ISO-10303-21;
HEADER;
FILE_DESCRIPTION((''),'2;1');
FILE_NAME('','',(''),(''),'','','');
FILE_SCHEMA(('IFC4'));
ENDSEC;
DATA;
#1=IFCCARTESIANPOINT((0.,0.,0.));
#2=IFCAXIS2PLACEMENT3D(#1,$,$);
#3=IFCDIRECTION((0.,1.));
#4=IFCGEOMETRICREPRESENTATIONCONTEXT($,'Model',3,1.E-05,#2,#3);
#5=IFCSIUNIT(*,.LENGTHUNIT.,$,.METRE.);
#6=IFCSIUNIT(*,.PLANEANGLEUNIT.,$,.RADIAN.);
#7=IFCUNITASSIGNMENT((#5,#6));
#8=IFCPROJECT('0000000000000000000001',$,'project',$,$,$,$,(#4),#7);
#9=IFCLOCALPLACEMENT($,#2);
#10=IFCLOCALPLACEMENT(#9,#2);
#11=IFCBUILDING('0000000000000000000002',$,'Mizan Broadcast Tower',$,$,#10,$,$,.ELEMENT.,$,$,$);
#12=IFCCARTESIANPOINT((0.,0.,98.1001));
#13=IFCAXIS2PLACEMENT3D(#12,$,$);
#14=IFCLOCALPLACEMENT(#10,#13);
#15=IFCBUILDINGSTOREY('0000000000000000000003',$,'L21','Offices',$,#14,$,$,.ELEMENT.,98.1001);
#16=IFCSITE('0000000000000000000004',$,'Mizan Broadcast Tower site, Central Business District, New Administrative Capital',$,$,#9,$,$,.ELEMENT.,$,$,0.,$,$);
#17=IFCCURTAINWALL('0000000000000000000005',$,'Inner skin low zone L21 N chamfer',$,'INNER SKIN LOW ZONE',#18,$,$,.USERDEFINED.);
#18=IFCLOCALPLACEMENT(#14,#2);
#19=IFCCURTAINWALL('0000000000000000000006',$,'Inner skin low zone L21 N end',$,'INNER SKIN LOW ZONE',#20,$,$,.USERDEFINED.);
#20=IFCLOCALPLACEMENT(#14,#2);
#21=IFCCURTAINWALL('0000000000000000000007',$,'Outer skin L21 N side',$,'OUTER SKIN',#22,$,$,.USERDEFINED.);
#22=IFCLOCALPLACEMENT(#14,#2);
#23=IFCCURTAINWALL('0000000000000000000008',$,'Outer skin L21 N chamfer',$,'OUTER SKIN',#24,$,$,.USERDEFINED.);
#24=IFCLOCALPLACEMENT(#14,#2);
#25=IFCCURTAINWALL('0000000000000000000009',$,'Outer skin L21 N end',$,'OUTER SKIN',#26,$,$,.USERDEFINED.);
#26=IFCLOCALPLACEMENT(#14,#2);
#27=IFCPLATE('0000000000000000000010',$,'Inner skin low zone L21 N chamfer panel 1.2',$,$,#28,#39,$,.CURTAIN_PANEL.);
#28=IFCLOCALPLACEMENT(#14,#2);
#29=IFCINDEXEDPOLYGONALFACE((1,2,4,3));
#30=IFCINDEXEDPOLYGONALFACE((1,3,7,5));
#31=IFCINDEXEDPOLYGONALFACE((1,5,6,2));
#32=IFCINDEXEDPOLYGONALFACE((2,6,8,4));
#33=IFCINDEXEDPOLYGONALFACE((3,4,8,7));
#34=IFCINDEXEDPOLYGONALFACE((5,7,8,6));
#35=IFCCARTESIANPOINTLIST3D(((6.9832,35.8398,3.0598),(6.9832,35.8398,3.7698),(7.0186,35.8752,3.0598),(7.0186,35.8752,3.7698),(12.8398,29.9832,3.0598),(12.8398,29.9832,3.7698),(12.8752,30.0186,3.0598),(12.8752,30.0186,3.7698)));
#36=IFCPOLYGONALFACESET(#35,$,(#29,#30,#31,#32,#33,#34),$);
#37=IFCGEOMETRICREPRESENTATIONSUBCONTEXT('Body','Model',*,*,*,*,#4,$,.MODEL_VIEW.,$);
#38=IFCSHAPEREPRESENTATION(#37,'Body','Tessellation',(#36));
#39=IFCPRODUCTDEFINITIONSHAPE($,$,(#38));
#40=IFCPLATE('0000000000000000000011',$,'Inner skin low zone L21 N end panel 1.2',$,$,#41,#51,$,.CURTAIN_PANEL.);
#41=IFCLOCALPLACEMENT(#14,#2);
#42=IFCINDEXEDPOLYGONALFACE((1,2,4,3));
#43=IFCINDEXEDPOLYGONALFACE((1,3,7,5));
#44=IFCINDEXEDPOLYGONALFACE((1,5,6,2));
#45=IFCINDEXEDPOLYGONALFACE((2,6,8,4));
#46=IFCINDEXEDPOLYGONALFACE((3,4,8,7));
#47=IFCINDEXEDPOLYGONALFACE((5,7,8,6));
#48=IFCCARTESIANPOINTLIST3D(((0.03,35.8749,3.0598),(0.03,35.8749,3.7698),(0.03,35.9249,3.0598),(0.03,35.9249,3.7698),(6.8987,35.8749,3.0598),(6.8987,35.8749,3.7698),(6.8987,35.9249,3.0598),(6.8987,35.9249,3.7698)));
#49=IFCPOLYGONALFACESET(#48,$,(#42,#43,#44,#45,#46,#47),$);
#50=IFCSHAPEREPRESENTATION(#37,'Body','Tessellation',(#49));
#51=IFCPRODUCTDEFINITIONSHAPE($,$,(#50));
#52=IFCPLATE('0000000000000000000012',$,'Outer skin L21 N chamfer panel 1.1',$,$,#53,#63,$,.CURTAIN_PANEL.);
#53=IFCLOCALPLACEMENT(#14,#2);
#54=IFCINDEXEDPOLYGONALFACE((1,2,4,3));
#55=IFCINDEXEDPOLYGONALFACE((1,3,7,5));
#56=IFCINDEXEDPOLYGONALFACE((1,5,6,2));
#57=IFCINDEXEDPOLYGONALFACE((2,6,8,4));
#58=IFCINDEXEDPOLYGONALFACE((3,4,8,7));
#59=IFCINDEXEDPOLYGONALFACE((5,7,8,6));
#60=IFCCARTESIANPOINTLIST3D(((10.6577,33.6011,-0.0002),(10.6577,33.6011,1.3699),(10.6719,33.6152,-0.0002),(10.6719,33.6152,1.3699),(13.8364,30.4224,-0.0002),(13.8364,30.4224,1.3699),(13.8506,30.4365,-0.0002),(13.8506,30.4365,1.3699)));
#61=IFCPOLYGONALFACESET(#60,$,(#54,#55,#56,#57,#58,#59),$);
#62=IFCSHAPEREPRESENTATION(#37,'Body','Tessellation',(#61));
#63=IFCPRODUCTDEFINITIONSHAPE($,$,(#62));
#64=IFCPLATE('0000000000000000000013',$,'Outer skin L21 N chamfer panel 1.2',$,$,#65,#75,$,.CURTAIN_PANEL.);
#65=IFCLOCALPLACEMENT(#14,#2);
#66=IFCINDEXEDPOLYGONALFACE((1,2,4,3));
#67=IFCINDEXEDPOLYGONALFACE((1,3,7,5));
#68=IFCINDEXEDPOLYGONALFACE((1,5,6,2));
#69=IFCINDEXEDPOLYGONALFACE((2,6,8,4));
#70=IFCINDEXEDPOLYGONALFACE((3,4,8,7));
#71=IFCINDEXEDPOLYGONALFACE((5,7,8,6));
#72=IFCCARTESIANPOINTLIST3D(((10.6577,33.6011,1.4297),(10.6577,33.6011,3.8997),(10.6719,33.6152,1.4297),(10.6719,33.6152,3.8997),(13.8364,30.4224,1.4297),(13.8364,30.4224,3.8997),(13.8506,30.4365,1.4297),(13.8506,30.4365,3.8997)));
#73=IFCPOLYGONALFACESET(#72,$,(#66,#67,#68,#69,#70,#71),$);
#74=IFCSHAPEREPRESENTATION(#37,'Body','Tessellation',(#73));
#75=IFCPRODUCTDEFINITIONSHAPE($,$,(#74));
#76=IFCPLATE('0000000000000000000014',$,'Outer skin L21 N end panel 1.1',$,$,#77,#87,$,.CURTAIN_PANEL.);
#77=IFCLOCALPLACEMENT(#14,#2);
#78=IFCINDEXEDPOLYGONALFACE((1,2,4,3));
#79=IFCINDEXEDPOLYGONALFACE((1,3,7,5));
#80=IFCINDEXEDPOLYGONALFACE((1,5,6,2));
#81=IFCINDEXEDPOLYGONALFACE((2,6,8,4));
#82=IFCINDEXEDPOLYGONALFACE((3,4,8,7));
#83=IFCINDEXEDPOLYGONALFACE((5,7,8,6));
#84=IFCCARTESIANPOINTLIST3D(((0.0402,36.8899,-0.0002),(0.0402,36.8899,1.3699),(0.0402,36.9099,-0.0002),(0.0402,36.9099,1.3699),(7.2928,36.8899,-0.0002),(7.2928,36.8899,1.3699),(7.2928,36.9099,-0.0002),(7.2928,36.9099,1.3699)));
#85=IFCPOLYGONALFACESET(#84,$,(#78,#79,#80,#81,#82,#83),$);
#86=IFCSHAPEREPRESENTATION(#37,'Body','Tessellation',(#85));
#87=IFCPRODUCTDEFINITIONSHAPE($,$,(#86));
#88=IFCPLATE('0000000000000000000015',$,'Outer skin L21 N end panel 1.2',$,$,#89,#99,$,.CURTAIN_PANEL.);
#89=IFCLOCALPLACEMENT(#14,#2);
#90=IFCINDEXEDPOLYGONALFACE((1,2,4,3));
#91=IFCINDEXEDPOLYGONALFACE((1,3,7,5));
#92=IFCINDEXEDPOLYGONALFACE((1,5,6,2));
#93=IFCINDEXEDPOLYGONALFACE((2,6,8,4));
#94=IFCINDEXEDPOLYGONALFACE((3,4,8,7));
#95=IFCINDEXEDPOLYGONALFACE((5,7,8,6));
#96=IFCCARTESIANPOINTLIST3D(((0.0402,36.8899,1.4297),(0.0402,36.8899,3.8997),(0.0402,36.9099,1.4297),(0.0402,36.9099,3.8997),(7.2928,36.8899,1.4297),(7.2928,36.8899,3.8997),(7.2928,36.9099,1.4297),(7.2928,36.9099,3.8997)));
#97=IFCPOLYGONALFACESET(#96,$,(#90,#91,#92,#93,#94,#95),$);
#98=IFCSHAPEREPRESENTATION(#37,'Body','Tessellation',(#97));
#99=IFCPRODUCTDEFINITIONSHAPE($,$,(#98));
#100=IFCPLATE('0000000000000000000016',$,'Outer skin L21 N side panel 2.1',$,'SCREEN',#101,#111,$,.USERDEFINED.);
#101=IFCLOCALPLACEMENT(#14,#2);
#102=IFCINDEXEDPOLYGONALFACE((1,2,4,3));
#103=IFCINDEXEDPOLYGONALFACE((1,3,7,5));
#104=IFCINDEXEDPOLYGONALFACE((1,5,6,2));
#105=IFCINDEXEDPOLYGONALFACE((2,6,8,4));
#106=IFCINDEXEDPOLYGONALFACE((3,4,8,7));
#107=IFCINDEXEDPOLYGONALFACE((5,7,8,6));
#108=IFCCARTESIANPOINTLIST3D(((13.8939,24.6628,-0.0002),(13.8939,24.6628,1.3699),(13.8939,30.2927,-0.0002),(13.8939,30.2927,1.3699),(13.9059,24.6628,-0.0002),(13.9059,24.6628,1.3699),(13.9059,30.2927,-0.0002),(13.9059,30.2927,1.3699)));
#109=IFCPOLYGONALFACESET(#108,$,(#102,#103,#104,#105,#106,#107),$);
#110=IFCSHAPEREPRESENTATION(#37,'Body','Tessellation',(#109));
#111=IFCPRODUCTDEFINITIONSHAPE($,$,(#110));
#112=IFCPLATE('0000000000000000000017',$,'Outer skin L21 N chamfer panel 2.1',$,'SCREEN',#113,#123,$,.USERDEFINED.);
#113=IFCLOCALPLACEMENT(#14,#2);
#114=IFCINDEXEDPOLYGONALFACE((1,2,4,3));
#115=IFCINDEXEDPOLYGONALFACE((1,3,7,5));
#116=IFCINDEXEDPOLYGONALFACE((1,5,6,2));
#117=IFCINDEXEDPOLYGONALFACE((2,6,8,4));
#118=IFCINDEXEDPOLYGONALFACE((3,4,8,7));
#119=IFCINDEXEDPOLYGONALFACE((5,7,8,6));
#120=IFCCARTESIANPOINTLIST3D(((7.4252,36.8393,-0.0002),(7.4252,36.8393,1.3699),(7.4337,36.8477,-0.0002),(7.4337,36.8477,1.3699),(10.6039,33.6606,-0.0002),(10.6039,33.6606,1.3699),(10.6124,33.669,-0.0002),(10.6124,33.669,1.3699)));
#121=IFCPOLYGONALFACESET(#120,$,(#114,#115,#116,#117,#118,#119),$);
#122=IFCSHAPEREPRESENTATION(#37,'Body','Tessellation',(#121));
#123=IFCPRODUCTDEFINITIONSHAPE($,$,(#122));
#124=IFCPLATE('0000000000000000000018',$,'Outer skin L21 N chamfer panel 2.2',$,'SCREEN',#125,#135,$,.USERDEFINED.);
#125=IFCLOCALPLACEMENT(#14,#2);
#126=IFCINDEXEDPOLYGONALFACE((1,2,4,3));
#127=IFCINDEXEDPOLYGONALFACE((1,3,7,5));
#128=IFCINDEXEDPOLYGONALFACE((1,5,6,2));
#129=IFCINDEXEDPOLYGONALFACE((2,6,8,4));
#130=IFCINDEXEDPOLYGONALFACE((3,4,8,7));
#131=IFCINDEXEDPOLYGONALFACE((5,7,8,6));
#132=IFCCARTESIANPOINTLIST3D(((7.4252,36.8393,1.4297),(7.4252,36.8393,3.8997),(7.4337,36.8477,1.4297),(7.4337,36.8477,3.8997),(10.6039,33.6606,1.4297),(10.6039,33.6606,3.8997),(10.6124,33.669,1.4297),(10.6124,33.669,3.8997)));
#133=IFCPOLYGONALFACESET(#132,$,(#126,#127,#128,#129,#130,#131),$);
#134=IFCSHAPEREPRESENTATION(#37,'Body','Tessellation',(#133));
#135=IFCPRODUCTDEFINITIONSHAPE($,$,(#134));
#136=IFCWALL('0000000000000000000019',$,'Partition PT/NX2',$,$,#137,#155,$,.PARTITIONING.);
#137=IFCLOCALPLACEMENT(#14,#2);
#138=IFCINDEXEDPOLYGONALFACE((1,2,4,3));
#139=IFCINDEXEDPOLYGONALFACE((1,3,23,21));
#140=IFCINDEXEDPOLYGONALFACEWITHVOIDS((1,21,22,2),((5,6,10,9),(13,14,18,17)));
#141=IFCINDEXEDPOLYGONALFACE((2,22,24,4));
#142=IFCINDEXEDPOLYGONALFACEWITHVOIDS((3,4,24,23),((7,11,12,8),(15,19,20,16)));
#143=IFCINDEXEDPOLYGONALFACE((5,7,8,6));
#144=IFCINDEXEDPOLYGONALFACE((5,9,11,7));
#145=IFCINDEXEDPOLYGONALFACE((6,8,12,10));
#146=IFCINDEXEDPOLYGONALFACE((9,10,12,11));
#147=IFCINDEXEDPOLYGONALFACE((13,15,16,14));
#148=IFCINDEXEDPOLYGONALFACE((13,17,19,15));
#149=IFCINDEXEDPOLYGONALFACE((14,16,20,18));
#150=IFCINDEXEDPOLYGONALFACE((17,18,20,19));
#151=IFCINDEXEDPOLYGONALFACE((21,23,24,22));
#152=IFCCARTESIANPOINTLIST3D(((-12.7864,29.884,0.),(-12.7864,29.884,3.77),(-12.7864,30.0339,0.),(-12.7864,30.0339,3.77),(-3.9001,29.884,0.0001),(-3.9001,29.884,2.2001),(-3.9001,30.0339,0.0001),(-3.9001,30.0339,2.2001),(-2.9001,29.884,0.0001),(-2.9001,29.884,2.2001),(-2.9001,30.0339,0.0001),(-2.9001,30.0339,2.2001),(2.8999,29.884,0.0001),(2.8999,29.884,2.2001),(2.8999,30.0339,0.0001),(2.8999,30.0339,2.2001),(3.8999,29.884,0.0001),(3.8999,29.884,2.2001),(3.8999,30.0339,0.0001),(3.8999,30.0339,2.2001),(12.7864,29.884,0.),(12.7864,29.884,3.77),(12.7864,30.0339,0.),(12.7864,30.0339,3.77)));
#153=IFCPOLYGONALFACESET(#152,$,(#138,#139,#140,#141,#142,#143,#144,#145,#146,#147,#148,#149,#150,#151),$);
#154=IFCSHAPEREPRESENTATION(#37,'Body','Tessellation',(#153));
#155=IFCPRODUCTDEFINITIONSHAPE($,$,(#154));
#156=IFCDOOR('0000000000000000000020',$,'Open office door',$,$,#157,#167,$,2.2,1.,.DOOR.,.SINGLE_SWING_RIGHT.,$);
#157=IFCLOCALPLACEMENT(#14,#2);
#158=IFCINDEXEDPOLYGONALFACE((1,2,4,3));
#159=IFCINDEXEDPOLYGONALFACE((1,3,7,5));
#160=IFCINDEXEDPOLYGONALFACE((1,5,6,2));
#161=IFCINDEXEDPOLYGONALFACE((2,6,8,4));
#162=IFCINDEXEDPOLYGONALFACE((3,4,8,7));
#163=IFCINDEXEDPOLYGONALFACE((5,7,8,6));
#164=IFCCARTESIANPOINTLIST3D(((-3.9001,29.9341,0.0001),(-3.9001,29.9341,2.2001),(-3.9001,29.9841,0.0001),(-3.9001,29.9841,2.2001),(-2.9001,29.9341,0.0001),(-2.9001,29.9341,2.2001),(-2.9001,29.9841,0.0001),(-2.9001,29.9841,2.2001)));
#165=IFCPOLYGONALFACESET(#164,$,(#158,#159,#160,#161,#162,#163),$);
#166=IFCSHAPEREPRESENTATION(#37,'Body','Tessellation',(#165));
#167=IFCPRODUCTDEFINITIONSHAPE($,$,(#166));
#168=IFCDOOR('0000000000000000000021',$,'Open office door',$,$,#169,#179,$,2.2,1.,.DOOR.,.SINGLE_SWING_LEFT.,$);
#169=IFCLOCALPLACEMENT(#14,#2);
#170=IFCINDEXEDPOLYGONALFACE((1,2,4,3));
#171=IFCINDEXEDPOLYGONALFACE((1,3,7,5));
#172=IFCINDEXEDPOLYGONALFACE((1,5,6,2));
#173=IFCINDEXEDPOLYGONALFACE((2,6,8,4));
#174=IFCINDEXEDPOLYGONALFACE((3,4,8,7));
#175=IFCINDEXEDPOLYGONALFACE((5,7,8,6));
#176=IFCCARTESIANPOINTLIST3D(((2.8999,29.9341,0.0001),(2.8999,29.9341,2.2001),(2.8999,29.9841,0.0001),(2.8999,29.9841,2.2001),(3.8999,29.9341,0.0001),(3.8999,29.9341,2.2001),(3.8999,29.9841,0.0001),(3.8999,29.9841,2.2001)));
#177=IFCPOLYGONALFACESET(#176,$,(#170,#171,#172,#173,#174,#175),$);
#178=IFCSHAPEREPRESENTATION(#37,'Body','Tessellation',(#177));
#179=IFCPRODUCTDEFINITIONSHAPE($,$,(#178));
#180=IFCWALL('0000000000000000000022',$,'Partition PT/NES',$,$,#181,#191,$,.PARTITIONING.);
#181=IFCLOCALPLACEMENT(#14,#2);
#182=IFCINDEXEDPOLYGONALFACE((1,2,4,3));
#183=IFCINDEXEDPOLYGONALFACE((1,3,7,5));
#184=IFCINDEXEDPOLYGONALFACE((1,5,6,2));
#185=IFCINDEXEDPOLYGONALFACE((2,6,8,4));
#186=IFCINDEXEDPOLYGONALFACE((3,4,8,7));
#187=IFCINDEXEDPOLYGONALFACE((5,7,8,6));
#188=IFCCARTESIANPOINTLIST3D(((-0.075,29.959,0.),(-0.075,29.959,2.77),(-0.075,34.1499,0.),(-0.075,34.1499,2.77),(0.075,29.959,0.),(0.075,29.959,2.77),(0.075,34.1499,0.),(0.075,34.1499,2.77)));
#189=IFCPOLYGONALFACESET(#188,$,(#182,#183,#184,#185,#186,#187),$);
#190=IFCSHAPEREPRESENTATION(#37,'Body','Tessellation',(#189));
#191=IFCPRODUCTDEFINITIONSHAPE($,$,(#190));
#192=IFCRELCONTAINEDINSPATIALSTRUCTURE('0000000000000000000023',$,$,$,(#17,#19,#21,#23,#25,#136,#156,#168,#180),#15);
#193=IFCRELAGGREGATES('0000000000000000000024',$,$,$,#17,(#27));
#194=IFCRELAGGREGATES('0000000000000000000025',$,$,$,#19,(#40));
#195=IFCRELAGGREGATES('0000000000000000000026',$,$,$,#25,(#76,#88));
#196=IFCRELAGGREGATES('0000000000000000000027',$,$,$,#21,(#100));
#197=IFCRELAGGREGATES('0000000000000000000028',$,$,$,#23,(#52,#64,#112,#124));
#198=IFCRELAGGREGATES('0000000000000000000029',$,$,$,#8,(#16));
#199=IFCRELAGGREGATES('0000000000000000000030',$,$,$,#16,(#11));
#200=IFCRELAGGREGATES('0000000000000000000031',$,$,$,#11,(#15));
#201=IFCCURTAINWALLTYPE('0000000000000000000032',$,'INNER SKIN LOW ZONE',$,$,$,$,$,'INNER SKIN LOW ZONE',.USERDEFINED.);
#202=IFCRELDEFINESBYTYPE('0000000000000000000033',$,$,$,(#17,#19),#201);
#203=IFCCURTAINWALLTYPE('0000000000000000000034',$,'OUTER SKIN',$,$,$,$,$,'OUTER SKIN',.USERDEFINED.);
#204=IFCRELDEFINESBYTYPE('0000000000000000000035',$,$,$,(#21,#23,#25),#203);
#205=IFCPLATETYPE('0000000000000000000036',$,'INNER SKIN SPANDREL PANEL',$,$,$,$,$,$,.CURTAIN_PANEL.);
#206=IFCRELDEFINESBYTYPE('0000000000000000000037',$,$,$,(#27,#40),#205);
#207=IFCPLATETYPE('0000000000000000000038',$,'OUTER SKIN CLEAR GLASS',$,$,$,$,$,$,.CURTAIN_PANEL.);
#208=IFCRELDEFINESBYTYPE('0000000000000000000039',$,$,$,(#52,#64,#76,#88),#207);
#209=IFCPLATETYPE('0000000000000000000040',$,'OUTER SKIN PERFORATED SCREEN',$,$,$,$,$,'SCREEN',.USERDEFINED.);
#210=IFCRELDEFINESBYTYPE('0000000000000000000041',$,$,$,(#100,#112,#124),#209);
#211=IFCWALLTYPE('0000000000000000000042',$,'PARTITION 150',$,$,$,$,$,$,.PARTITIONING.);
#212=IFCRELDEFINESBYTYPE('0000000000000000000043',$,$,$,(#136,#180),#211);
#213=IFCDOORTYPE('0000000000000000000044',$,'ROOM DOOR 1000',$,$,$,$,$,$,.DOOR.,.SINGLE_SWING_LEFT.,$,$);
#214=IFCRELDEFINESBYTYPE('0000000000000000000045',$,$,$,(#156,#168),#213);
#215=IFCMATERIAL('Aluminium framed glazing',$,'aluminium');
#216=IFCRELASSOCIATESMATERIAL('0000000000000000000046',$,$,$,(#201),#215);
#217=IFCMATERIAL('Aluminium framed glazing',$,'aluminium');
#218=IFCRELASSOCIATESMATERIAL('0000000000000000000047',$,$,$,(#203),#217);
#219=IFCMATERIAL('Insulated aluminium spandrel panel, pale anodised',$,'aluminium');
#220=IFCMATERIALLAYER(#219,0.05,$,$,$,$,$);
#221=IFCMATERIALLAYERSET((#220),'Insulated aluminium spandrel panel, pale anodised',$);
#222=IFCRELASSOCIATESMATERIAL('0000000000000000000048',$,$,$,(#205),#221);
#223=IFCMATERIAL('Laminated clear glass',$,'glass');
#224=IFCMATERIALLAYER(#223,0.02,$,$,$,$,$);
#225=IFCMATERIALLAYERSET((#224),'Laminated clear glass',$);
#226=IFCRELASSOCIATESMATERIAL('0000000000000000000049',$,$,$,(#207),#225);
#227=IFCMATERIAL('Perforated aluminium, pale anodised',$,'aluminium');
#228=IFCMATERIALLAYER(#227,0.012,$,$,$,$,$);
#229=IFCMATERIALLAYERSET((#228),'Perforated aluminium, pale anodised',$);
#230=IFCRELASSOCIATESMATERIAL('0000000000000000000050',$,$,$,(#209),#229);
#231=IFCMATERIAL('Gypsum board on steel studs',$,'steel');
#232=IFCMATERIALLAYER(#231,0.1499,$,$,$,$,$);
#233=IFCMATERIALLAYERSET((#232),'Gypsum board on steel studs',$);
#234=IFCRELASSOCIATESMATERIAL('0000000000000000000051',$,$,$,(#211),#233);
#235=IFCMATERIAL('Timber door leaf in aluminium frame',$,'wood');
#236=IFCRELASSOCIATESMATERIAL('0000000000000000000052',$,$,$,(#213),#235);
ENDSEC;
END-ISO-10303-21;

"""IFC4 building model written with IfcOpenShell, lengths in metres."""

from ifc_helpers import new_model, si_unit, direction, frame, frame_2d, origin, origin_2d, place, context, subcontext, project, spatial, rectangle, extrude, material, layer, layer_set, type_object, element, fill, aggregate, save


model = new_model("IFC4")

# Units and contexts
model_context = context("Model", 3, precision=1e-05, world=origin(), true_north=direction((0.0, 1.0)))
body_context = subcontext(model_context, "Body", "Model", "MODEL_VIEW")
ifc_project = project(units=[si_unit("LENGTHUNIT", "METRE"), si_unit("PLANEANGLEUNIT", "RADIAN")], contexts=[model_context])

# Site, building, storey
site_placement = place(None, origin())
site = spatial("IfcSite", under=ifc_project, at=site_placement, Name="Mizan Broadcast Tower site, Central Business District, New Administrative Capital", CompositionType="ELEMENT", RefElevation=0.0)
building_placement = place(site_placement, origin())
building = spatial("IfcBuilding", under=site, at=building_placement, Name="Mizan Broadcast Tower", CompositionType="ELEMENT")
storey_placement = place(building_placement, frame((0.0, 0.0, 98.1001)))
storey = spatial("IfcBuildingStorey", under=building, at=storey_placement, Name="L21", Description="Offices", CompositionType="ELEMENT", Elevation=98.1001)

# Curtain walls
ifc_material_1 = material(Name="Aluminium framed glazing", Category="aluminium")
curtain_wall_type_1 = type_object("IfcCurtainWallType", Name="INNER SKIN LOW ZONE", ElementType="INNER SKIN LOW ZONE", PredefinedType="USERDEFINED", material=ifc_material_1)
curtain_wall_1_placement = place(storey_placement, origin())
curtain_wall_1 = element("IfcCurtainWall", 1, at=curtain_wall_1_placement, inside=storey, type_object=curtain_wall_type_1, Name="Inner skin low zone L21 N chamfer", ObjectType="INNER SKIN LOW ZONE", PredefinedType="USERDEFINED")
curtain_wall_2_placement = place(storey_placement, origin())
curtain_wall_2 = element("IfcCurtainWall", 2, at=curtain_wall_2_placement, inside=storey, type_object=curtain_wall_type_1, Name="Inner skin low zone L21 N end", ObjectType="INNER SKIN LOW ZONE", PredefinedType="USERDEFINED")

# Curtain wall
ifc_material_2 = material(Name="Aluminium framed glazing", Category="aluminium")
curtain_wall_type_2 = type_object("IfcCurtainWallType", Name="OUTER SKIN", ElementType="OUTER SKIN", PredefinedType="USERDEFINED", material=ifc_material_2)
curtain_wall_3_placement = place(storey_placement, origin())
curtain_wall_3 = element("IfcCurtainWall", 3, at=curtain_wall_3_placement, inside=storey, type_object=curtain_wall_type_2, Name="Outer skin L21 N side", ObjectType="OUTER SKIN", PredefinedType="USERDEFINED")

# Curtain wall
curtain_wall_4_placement = place(storey_placement, origin())
curtain_wall_4 = element("IfcCurtainWall", 4, at=curtain_wall_4_placement, inside=storey, type_object=curtain_wall_type_2, Name="Outer skin L21 N chamfer", ObjectType="OUTER SKIN", PredefinedType="USERDEFINED")

# Curtain wall
curtain_wall_5_placement = place(storey_placement, origin())
curtain_wall_5 = element("IfcCurtainWall", 5, at=curtain_wall_5_placement, inside=storey, type_object=curtain_wall_type_2, Name="Outer skin L21 N end", ObjectType="OUTER SKIN", PredefinedType="USERDEFINED")

# Plates
ifc_material_3 = material(Name="Insulated aluminium spandrel panel, pale anodised", Category="aluminium")
ifc_layer_1 = layer(ifc_material_3, 0.05)
ifc_layer_set_1 = layer_set([ifc_layer_1], Name="Insulated aluminium spandrel panel, pale anodised")
plate_type_1 = type_object("IfcPlateType", Name="INNER SKIN SPANDREL PANEL", PredefinedType="CURTAIN_PANEL", material=ifc_layer_set_1)
plate_1_placement = place(storey_placement, frame((9.9292, 32.9292, 3.0598), z_axis=(0.0, 0.0, 1.0), x_axis=(-0.707107, 0.707107, 0.0)))
plate_1 = element("IfcPlate", 6, at=plate_1_placement, type_object=plate_type_1, Name="Inner skin low zone L21 N chamfer panel 1.2", PredefinedType="CURTAIN_PANEL", context=body_context, shape_type="SweptSolid", body=[
    extrude(rectangle(XDim=8.2825, YDim=0.05, at=origin_2d()), origin(), (0.0, 0.0, 1.0), 0.71),
])
aggregate(curtain_wall_1, [plate_1])
plate_2_placement = place(storey_placement, frame((3.4644, 35.8999, 3.0598), z_axis=(0.0, 0.0, 1.0), x_axis=(-1.0, 0.0, 0.0)))
plate_2 = element("IfcPlate", 7, at=plate_2_placement, type_object=plate_type_1, Name="Inner skin low zone L21 N end panel 1.2", PredefinedType="CURTAIN_PANEL", context=body_context, shape_type="SweptSolid", body=[
    extrude(rectangle(XDim=6.8687, YDim=0.05, at=origin_2d()), origin(), (0.0, 0.0, 1.0), 0.71),
])
aggregate(curtain_wall_2, [plate_2])
ifc_material_4 = material(Name="Laminated clear glass", Category="glass")
ifc_layer_2 = layer(ifc_material_4, 0.02)
ifc_layer_set_2 = layer_set([ifc_layer_2], Name="Laminated clear glass")
plate_type_2 = type_object("IfcPlateType", Name="OUTER SKIN CLEAR GLASS", PredefinedType="CURTAIN_PANEL", material=ifc_layer_set_2)
plate_3_placement = place(storey_placement, frame((12.2542, 32.0188, -0.0002), z_axis=(0.0, 0.0, 1.0), x_axis=(-0.707107, 0.707107, 0.0)))
plate_3 = element("IfcPlate", 8, at=plate_3_placement, type_object=plate_type_2, Name="Outer skin L21 N chamfer panel 1.1", PredefinedType="CURTAIN_PANEL", context=body_context, shape_type="SweptSolid", body=[
    extrude(rectangle(XDim=4.4954, YDim=0.02, at=origin_2d()), origin(), (0.0, 0.0, 1.0), 1.3701),
])
plate_4_placement = place(storey_placement, frame((12.2542, 32.0188, 1.4297), z_axis=(0.0, 0.0, 1.0), x_axis=(-0.707107, 0.707107, 0.0)))
plate_4 = element("IfcPlate", 9, at=plate_4_placement, type_object=plate_type_2, Name="Outer skin L21 N chamfer panel 1.2", PredefinedType="CURTAIN_PANEL", context=body_context, shape_type="SweptSolid", body=[
    extrude(rectangle(XDim=4.4954, YDim=0.02, at=origin_2d()), origin(), (0.0, 0.0, 1.0), 2.47),
])
plate_5_placement = place(storey_placement, frame((3.6665, 36.8999, -0.0002), z_axis=(0.0, 0.0, 1.0), x_axis=(-1.0, 0.0, 0.0)))
plate_5 = element("IfcPlate", 10, at=plate_5_placement, type_object=plate_type_2, Name="Outer skin L21 N end panel 1.1", PredefinedType="CURTAIN_PANEL", context=body_context, shape_type="SweptSolid", body=[
    extrude(rectangle(XDim=7.2527, YDim=0.02, at=origin_2d()), origin(), (0.0, 0.0, 1.0), 1.3701),
])
plate_6_placement = place(storey_placement, frame((3.6665, 36.8999, 1.4297), z_axis=(0.0, 0.0, 1.0), x_axis=(-1.0, 0.0, 0.0)))
plate_6 = element("IfcPlate", 11, at=plate_6_placement, type_object=plate_type_2, Name="Outer skin L21 N end panel 1.2", PredefinedType="CURTAIN_PANEL", context=body_context, shape_type="SweptSolid", body=[
    extrude(rectangle(XDim=7.2527, YDim=0.02, at=origin_2d()), origin(), (0.0, 0.0, 1.0), 2.47),
])
aggregate(curtain_wall_5, [plate_5, plate_6])
ifc_material_5 = material(Name="Perforated aluminium, pale anodised", Category="aluminium")
ifc_layer_3 = layer(ifc_material_5, 0.012)
ifc_layer_set_3 = layer_set([ifc_layer_3], Name="Perforated aluminium, pale anodised")
plate_type_3 = type_object("IfcPlateType", Name="OUTER SKIN PERFORATED SCREEN", ElementType="SCREEN", PredefinedType="USERDEFINED", material=ifc_layer_set_3)
plate_7_placement = place(storey_placement, frame((13.8999, 27.4778, -0.0002), z_axis=(0.0, 0.0, 1.0), x_axis=(0.0, 1.0, 0.0)))
plate_7 = element("IfcPlate", 12, at=plate_7_placement, type_object=plate_type_3, Name="Outer skin L21 N side panel 2.1", ObjectType="SCREEN", PredefinedType="USERDEFINED", context=body_context, shape_type="SweptSolid", body=[
    extrude(rectangle(XDim=5.6299, YDim=0.012, at=origin_2d()), origin(), (0.0, 0.0, 1.0), 1.3701),
])
aggregate(curtain_wall_3, [plate_7])
plate_8_placement = place(storey_placement, frame((9.0188, 35.2542, -0.0002), z_axis=(0.0, 0.0, 1.0), x_axis=(-0.707107, 0.707107, 0.0)))
plate_8 = element("IfcPlate", 13, at=plate_8_placement, type_object=plate_type_3, Name="Outer skin L21 N chamfer panel 2.1", ObjectType="SCREEN", PredefinedType="USERDEFINED", context=body_context, shape_type="SweptSolid", body=[
    extrude(rectangle(XDim=4.4954, YDim=0.012, at=origin_2d()), origin(), (0.0, 0.0, 1.0), 1.3701),
])
plate_9_placement = place(storey_placement, frame((9.0188, 35.2542, 1.4297), z_axis=(0.0, 0.0, 1.0), x_axis=(-0.707107, 0.707107, 0.0)))
plate_9 = element("IfcPlate", 14, at=plate_9_placement, type_object=plate_type_3, Name="Outer skin L21 N chamfer panel 2.2", ObjectType="SCREEN", PredefinedType="USERDEFINED", context=body_context, shape_type="SweptSolid", body=[
    extrude(rectangle(XDim=4.4954, YDim=0.012, at=origin_2d()), origin(), (0.0, 0.0, 1.0), 2.47),
])
aggregate(curtain_wall_4, [plate_3, plate_4, plate_8, plate_9])

# Wall, openings, doors
ifc_material_6 = material(Name="Gypsum board on steel studs", Category="steel")
ifc_layer_4 = layer(ifc_material_6, 0.1499)
ifc_layer_set_4 = layer_set([ifc_layer_4], Name="Gypsum board on steel studs")
wall_type = type_object("IfcWallType", Name="PARTITION 150", PredefinedType="PARTITIONING", material=ifc_layer_set_4)
wall_1_placement = place(storey_placement, frame((12.7864, 29.959, 0.0), z_axis=(0.0, 0.0, 1.0), x_axis=(-1.0, 0.0, 0.0)))
wall_1 = element("IfcWall", 15, at=wall_1_placement, inside=storey, type_object=wall_type, Name="Partition PT/NX2", PredefinedType="PARTITIONING", context=body_context, shape_type="SweptSolid", body=[
    extrude(rectangle(XDim=25.5728, YDim=0.1499, at=frame_2d((12.7864, 0.0))), origin(), (0.0, 0.0, 1.0), 3.77),
])
opening_1_placement = place(wall_1_placement, frame((15.6865, 0.0, 0.0)))
opening_1 = element("IfcOpeningElement", 16, at=opening_1_placement, cuts=wall_1, PredefinedType="OPENING", context=body_context, shape_type="SweptSolid", body=[
    extrude(rectangle(XDim=1.0, YDim=2.2, at=frame_2d((0.5, 1.1001))), frame((0.0, 0.085, 0.0), z_axis=(0.0, -1.0, 0.0), x_axis=(1.0, 0.0, 0.0)), (0.0, 0.0, 1.0), 0.1699),
])
opening_2_placement = place(wall_1_placement, frame((8.8865, 0.0, 0.0)))
opening_2 = element("IfcOpeningElement", 17, at=opening_2_placement, cuts=wall_1, PredefinedType="OPENING", context=body_context, shape_type="SweptSolid", body=[
    extrude(rectangle(XDim=1.0, YDim=2.2, at=frame_2d((0.5, 1.1001))), frame((0.0, 0.085, 0.0), z_axis=(0.0, -1.0, 0.0), x_axis=(1.0, 0.0, 0.0)), (0.0, 0.0, 1.0), 0.1699),
])
ifc_material_7 = material(Name="Timber door leaf in aluminium frame", Category="wood")
door_type = type_object("IfcDoorType", Name="ROOM DOOR 1000", OperationType="SINGLE_SWING_LEFT", PredefinedType="DOOR", material=ifc_material_7)
door_1_placement = place(opening_1_placement, origin())
door_1 = element("IfcDoor", 18, at=door_1_placement, inside=storey, type_object=door_type, Name="Open office door", OperationType="SINGLE_SWING_RIGHT", OverallHeight=2.2, OverallWidth=1.0, PredefinedType="DOOR", context=body_context, shape_type="SweptSolid", body=[
    extrude(rectangle(XDim=1.0, YDim=2.2, at=frame_2d((0.5, 1.1001))), frame((0.0, 0.0249, 0.0), z_axis=(0.0, -1.0, 0.0), x_axis=(1.0, 0.0, 0.0)), (0.0, 0.0, 1.0), 0.05),
])
fill(opening_1, door_1)
door_2_placement = place(opening_2_placement, origin())
door_2 = element("IfcDoor", 19, at=door_2_placement, inside=storey, type_object=door_type, Name="Open office door", OperationType="SINGLE_SWING_LEFT", OverallHeight=2.2, OverallWidth=1.0, PredefinedType="DOOR", context=body_context, shape_type="SweptSolid", body=[
    extrude(rectangle(XDim=1.0, YDim=2.2, at=frame_2d((0.5, 1.1001))), frame((0.0, 0.0249, 0.0), z_axis=(0.0, -1.0, 0.0), x_axis=(1.0, 0.0, 0.0)), (0.0, 0.0, 1.0), 0.05),
])
fill(opening_2, door_2)

# Wall
wall_2_placement = place(storey_placement, frame((0.0, 29.959, 0.0), z_axis=(0.0, 0.0, 1.0), x_axis=(0.0, 1.0, 0.0)))
element("IfcWall", 20, at=wall_2_placement, inside=storey, type_object=wall_type, Name="Partition PT/NES", PredefinedType="PARTITIONING", context=body_context, shape_type="SweptSolid", body=[
    extrude(rectangle(XDim=4.1909, YDim=0.1499, at=frame_2d((2.0955, 0.0))), origin(), (0.0, 0.0, 1.0), 2.77),
])

save(model, "model.ifc")
